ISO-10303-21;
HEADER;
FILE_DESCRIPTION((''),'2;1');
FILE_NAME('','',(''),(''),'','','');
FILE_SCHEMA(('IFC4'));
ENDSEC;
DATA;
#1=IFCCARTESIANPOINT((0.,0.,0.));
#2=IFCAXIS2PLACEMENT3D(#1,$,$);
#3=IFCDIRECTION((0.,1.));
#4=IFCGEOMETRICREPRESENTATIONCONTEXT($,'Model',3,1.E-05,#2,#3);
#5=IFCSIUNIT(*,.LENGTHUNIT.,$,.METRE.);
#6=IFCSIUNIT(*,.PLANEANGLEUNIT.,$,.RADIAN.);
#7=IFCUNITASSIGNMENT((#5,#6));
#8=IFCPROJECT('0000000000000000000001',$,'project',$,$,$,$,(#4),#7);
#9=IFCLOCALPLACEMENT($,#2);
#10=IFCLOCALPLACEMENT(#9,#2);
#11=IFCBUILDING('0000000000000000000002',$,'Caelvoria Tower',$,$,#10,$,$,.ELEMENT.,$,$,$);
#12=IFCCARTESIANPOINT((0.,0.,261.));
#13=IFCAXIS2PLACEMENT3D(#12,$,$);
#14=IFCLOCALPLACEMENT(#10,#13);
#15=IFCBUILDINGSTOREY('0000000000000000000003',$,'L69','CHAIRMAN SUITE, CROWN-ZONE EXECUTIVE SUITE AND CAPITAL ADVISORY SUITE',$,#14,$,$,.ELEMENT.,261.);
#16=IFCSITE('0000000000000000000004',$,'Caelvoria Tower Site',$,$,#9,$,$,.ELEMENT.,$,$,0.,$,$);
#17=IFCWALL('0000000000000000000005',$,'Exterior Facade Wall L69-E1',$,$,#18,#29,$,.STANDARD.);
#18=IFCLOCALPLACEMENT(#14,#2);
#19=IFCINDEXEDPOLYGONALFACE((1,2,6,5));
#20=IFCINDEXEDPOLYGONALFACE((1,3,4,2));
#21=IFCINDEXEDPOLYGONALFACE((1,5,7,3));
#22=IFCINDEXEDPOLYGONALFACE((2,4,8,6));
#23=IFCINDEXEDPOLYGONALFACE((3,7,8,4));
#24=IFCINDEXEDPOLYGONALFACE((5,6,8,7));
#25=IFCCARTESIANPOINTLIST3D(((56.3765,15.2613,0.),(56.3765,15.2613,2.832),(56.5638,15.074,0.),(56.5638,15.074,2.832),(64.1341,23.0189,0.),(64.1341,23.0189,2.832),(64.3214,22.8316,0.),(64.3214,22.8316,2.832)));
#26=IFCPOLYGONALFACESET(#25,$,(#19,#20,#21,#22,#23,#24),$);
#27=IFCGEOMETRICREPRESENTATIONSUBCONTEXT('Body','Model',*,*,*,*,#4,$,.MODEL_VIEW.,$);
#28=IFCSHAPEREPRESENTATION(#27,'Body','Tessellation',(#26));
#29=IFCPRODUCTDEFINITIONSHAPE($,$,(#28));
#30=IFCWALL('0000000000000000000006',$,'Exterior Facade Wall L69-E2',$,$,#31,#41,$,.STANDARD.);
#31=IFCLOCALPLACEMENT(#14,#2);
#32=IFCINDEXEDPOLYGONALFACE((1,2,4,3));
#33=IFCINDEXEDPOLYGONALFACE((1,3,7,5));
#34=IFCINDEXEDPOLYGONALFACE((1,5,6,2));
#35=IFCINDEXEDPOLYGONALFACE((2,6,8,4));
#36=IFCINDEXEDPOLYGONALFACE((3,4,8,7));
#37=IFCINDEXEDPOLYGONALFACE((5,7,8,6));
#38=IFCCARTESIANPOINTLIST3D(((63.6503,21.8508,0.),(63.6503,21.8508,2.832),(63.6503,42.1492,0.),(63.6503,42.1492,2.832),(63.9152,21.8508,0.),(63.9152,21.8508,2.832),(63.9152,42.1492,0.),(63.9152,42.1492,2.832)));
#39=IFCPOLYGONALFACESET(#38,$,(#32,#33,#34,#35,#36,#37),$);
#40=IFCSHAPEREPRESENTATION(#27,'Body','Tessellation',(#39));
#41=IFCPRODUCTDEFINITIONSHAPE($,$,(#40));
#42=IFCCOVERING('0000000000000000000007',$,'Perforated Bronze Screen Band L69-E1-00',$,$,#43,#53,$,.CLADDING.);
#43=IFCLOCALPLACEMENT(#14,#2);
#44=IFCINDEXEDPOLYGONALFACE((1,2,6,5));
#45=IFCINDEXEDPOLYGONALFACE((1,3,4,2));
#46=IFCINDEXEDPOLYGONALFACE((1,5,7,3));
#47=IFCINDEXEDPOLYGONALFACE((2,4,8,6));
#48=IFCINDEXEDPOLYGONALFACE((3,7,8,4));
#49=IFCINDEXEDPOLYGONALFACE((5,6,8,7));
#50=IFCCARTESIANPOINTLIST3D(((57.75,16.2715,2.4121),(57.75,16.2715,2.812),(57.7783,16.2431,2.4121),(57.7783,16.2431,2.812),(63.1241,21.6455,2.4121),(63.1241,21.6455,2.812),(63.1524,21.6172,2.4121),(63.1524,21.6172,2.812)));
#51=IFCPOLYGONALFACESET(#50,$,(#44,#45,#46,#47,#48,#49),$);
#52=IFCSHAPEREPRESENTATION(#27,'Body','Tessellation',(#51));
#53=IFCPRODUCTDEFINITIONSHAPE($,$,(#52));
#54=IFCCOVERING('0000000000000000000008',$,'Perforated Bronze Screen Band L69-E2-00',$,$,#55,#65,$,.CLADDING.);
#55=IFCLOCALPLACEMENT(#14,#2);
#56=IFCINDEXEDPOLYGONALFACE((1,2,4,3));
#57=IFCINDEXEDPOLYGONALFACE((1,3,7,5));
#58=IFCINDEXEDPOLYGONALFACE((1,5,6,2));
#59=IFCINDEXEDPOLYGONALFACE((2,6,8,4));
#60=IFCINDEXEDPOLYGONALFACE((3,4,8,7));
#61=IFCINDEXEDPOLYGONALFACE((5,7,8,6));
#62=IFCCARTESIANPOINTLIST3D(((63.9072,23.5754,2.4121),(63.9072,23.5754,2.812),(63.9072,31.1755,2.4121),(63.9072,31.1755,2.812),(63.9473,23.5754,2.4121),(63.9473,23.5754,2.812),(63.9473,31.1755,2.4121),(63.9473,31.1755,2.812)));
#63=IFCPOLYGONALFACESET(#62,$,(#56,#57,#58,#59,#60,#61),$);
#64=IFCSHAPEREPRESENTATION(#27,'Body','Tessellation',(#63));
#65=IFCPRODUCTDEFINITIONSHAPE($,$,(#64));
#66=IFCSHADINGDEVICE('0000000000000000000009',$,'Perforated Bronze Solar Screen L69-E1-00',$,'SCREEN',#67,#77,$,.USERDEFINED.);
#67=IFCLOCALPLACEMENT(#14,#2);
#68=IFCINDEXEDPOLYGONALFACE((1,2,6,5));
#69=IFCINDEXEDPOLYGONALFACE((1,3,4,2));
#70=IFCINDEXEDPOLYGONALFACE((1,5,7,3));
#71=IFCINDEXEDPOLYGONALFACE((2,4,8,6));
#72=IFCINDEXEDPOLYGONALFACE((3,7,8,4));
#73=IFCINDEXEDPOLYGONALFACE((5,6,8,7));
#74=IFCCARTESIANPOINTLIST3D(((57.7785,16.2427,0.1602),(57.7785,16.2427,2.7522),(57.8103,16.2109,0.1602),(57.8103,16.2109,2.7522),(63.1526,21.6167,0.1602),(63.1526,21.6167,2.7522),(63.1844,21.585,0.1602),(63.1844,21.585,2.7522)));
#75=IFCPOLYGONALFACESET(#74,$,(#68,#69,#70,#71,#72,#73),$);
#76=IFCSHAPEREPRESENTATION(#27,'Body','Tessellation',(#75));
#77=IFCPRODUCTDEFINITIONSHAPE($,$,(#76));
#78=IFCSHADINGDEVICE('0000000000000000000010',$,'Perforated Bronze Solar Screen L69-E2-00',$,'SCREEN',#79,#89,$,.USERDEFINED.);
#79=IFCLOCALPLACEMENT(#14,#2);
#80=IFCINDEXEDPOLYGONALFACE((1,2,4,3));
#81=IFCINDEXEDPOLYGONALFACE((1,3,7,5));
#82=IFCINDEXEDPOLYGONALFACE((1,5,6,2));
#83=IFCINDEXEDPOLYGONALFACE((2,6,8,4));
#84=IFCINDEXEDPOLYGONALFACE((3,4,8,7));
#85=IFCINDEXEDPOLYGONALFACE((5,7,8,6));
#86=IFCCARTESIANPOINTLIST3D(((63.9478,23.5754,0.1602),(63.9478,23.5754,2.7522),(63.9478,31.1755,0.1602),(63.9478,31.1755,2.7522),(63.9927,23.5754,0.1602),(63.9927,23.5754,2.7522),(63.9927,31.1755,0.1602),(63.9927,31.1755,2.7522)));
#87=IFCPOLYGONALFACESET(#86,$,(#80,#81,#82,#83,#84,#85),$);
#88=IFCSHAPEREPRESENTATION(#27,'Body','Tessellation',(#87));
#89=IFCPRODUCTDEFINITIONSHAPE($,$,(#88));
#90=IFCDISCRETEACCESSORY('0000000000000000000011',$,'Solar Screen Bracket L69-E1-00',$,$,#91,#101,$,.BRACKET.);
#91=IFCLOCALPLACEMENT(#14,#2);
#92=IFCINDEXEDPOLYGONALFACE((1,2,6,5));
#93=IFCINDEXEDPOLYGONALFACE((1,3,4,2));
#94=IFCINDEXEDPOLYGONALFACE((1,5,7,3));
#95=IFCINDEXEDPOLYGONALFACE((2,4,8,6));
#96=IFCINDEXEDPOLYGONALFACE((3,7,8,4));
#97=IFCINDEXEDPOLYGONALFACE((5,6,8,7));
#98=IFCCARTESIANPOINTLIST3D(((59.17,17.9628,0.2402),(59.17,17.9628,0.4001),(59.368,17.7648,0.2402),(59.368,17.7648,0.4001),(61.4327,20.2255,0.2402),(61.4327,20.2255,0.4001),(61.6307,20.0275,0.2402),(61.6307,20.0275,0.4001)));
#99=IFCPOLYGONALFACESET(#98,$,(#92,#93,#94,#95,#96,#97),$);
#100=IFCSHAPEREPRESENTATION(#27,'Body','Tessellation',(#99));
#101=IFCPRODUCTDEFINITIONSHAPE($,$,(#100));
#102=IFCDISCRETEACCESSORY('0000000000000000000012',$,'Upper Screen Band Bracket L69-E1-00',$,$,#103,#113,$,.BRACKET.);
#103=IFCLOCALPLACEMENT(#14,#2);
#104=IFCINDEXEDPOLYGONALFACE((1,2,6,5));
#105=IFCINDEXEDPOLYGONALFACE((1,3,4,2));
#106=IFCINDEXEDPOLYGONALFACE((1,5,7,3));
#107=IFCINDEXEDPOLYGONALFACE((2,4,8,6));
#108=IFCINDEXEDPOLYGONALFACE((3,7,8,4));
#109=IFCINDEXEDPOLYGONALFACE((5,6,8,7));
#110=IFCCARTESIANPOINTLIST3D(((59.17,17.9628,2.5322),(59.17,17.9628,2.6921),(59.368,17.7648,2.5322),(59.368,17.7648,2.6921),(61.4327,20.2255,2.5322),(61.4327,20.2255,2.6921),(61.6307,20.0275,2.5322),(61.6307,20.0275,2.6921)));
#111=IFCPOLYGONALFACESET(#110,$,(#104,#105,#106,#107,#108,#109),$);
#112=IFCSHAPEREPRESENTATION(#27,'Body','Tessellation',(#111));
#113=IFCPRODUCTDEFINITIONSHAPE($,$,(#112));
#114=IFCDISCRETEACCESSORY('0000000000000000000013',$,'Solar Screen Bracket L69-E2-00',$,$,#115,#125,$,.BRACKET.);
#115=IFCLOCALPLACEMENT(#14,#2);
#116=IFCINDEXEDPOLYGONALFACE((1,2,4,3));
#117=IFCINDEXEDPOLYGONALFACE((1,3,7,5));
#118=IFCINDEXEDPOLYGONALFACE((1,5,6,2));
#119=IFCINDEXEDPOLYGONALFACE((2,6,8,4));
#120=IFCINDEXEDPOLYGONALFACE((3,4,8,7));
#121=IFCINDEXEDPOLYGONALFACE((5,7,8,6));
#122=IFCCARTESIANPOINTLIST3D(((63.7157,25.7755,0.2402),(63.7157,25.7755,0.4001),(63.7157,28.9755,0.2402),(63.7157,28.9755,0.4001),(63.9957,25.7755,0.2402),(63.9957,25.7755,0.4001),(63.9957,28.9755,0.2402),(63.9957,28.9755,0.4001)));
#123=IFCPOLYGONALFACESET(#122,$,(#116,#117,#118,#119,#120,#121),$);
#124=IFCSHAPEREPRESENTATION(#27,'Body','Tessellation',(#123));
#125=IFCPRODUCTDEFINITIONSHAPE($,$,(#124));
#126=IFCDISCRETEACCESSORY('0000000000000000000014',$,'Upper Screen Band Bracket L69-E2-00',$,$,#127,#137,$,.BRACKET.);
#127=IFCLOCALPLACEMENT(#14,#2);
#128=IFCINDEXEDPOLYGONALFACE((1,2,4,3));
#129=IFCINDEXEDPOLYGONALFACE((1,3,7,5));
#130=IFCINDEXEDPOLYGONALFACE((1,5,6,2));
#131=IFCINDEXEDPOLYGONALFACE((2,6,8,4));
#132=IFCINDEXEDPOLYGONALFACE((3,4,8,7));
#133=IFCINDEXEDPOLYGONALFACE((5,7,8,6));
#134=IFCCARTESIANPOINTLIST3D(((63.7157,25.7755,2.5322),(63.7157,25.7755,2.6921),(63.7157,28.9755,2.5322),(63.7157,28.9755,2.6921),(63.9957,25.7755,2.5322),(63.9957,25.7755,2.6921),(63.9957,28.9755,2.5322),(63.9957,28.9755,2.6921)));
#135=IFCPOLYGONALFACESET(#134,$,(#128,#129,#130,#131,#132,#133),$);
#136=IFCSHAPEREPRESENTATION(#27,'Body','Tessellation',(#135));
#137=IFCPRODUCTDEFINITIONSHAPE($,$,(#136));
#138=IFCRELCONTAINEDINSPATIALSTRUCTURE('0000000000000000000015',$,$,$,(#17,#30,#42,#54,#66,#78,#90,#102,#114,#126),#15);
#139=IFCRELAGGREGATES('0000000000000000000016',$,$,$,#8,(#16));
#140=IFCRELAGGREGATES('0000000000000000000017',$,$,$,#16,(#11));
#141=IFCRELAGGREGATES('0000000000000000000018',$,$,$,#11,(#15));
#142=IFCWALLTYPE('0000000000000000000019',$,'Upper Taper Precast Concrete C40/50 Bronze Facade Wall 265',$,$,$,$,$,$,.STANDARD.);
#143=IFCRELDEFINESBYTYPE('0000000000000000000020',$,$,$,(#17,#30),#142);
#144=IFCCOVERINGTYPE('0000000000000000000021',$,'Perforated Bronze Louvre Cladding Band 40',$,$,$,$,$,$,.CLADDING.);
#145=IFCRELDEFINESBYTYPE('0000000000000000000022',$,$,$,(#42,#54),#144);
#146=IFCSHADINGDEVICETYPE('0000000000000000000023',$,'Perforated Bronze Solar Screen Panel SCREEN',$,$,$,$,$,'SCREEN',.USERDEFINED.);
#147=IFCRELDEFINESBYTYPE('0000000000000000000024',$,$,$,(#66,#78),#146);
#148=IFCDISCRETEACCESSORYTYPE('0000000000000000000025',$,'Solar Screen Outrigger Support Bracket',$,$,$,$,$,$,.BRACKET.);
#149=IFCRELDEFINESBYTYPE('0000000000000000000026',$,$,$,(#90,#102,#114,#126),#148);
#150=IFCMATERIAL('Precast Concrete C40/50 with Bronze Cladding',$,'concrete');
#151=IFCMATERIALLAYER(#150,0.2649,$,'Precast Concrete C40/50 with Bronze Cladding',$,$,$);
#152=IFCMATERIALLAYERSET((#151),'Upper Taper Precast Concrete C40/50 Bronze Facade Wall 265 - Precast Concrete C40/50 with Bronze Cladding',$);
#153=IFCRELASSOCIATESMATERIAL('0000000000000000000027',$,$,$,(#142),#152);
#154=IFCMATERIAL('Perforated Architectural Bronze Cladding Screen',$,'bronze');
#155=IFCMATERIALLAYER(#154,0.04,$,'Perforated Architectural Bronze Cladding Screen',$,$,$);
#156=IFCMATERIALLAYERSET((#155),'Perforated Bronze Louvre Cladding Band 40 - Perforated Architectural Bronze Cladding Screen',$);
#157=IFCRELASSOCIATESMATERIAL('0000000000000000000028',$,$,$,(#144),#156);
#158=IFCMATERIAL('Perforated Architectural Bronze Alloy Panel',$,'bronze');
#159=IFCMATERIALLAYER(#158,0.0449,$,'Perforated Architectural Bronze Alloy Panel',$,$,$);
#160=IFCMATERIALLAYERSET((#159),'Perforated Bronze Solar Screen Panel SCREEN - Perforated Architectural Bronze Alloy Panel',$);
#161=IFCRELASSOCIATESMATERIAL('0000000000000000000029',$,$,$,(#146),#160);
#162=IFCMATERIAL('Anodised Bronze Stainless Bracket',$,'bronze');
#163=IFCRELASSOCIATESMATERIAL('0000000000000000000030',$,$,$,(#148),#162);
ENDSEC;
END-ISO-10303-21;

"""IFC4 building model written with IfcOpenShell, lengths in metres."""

from ifc_helpers import new_model, si_unit, direction, frame, frame_2d, origin, origin_2d, place, context, subcontext, project, spatial, rectangle, extrude, material, layer, layer_set, type_object, element, save


model = new_model("IFC4")

# Units and contexts
model_context = context("Model", 3, precision=1e-05, world=origin(), true_north=direction((0.0, 1.0)))
body_context = subcontext(model_context, "Body", "Model", "MODEL_VIEW")
ifc_project = project(units=[si_unit("LENGTHUNIT", "METRE"), si_unit("PLANEANGLEUNIT", "RADIAN")], contexts=[model_context])

# Site, building, storey
site_placement = place(None, origin())
site = spatial("IfcSite", under=ifc_project, at=site_placement, Name="Caelvoria Tower Site", CompositionType="ELEMENT", RefElevation=0.0)
building_placement = place(site_placement, origin())
building = spatial("IfcBuilding", under=site, at=building_placement, Name="Caelvoria Tower", CompositionType="ELEMENT")
storey_placement = place(building_placement, frame((0.0, 0.0, 261.0)))
storey = spatial("IfcBuildingStorey", under=building, at=storey_placement, Name="L69", Description="CHAIRMAN SUITE, CROWN-ZONE EXECUTIVE SUITE AND CAPITAL ADVISORY SUITE", CompositionType="ELEMENT", Elevation=261.0)

# Walls
ifc_material_1 = material(Name="Precast Concrete C40/50 with Bronze Cladding", Category="concrete")
ifc_layer_1 = layer(ifc_material_1, 0.2649, Name="Precast Concrete C40/50 with Bronze Cladding")
ifc_layer_set_1 = layer_set([ifc_layer_1], Name="Upper Taper Precast Concrete C40/50 Bronze Facade Wall 265 - Precast Concrete C40/50 with Bronze Cladding")
wall_type_1 = type_object("IfcWallType", Name="Upper Taper Precast Concrete C40/50 Bronze Facade Wall 265", PredefinedType="STANDARD", material=ifc_layer_set_1)
wall_1_placement = place(storey_placement, frame((56.4702, 15.1677, 0.0), z_axis=(0.0, 0.0, 1.0), x_axis=(0.707107, 0.707107, 0.0)))
element("IfcWall", 1, at=wall_1_placement, inside=storey, type_object=wall_type_1, Name="Exterior Facade Wall L69-E1", PredefinedType="STANDARD", context=body_context, shape_type="SweptSolid", body=[
    extrude(rectangle(XDim=10.9709, YDim=0.2649, at=frame_2d((5.4854, 0.0))), origin(), (0.0, 0.0, 1.0), 2.832),
])
wall_2_placement = place(storey_placement, frame((63.7827, 21.8508, 0.0), z_axis=(0.0, 0.0, 1.0), x_axis=(0.0, 1.0, 0.0)))
element("IfcWall", 2, at=wall_2_placement, inside=storey, type_object=wall_type_1, Name="Exterior Facade Wall L69-E2", PredefinedType="STANDARD", context=body_context, shape_type="SweptSolid", body=[
    extrude(rectangle(XDim=20.2983, YDim=0.2649, at=frame_2d((10.1492, 0.0))), origin(), (0.0, 0.0, 1.0), 2.832),
])

# Coverings
ifc_material_2 = material(Name="Perforated Architectural Bronze Cladding Screen", Category="bronze")
ifc_layer_2 = layer(ifc_material_2, 0.04, Name="Perforated Architectural Bronze Cladding Screen")
ifc_layer_set_2 = layer_set([ifc_layer_2], Name="Perforated Bronze Louvre Cladding Band 40 - Perforated Architectural Bronze Cladding Screen")
covering_type = type_object("IfcCoveringType", Name="Perforated Bronze Louvre Cladding Band 40", PredefinedType="CLADDING", material=ifc_layer_set_2)
for number, where, z_axis, x_axis, name in (
    (3, (60.4512, 18.9443, 2.4121), (0.0, 0.0, 1.0), (0.707107, 0.707107, 0.0), "Perforated Bronze Screen Band L69-E1-00"),
    (4, (63.9272, 27.3755, 2.4121), (0.0, 0.0, 1.0), (0.0, 1.0, 0.0), "Perforated Bronze Screen Band L69-E2-00"),
):
    element("IfcCovering", number, at=place(storey_placement, frame(where, z_axis=z_axis, x_axis=x_axis)), inside=storey, type_object=covering_type, Name=name, PredefinedType="CLADDING", context=body_context, shape_type="SweptSolid", body=[
        extrude(rectangle(XDim=7.6001, YDim=0.04, at=origin_2d()), origin(), (0.0, 0.0, 1.0), 0.3999),
    ])

# Shading devices
ifc_material_3 = material(Name="Perforated Architectural Bronze Alloy Panel", Category="bronze")
ifc_layer_3 = layer(ifc_material_3, 0.0449, Name="Perforated Architectural Bronze Alloy Panel")
ifc_layer_set_3 = layer_set([ifc_layer_3], Name="Perforated Bronze Solar Screen Panel SCREEN - Perforated Architectural Bronze Alloy Panel")
shading_device_type = type_object("IfcShadingDeviceType", Name="Perforated Bronze Solar Screen Panel SCREEN", ElementType="SCREEN", PredefinedType="USERDEFINED", material=ifc_layer_set_3)
for number, where, z_axis, x_axis, name in (
    (5, (60.4814, 18.9138, 0.1602), (0.0, 0.0, 1.0), (0.707107, 0.707107, 0.0), "Perforated Bronze Solar Screen L69-E1-00"),
    (6, (63.9702, 27.3755, 0.1602), (0.0, 0.0, 1.0), (0.0, 1.0, 0.0), "Perforated Bronze Solar Screen L69-E2-00"),
):
    element("IfcShadingDevice", number, at=place(storey_placement, frame(where, z_axis=z_axis, x_axis=x_axis)), inside=storey, type_object=shading_device_type, Name=name, ObjectType="SCREEN", PredefinedType="USERDEFINED", context=body_context, shape_type="SweptSolid", body=[
        extrude(rectangle(XDim=7.6001, YDim=0.0449, at=origin_2d()), origin(), (0.0, 0.0, 1.0), 2.592),
    ])

# Discrete accessories
ifc_material_4 = material(Name="Anodised Bronze Stainless Bracket", Category="bronze")
discrete_accessory_type = type_object("IfcDiscreteAccessoryType", Name="Solar Screen Outrigger Support Bracket", PredefinedType="BRACKET", material=ifc_material_4)
for number, where, z_axis, x_axis, name in (
    (7, (60.4004, 18.9951, 0.2402), (0.0, 0.0, 1.0), (0.707107, 0.707107, 0.0), "Solar Screen Bracket L69-E1-00"),
    (8, (60.4004, 18.9951, 2.5322), (0.0, 0.0, 1.0), (0.707107, 0.707107, 0.0), "Upper Screen Band Bracket L69-E1-00"),
    (9, (63.8557, 27.3755, 0.2402), (0.0, 0.0, 1.0), (0.0, 1.0, 0.0), "Solar Screen Bracket L69-E2-00"),
    (10, (63.8557, 27.3755, 2.5322), (0.0, 0.0, 1.0), (0.0, 1.0, 0.0), "Upper Screen Band Bracket L69-E2-00"),
):
    element("IfcDiscreteAccessory", number, at=place(storey_placement, frame(where, z_axis=z_axis, x_axis=x_axis)), inside=storey, type_object=discrete_accessory_type, Name=name, PredefinedType="BRACKET", context=body_context, shape_type="SweptSolid", body=[
        extrude(rectangle(XDim=3.2, YDim=0.28, at=origin_2d()), origin(), (0.0, 0.0, 1.0), 0.1599),
    ])

save(model, "model.ifc")
